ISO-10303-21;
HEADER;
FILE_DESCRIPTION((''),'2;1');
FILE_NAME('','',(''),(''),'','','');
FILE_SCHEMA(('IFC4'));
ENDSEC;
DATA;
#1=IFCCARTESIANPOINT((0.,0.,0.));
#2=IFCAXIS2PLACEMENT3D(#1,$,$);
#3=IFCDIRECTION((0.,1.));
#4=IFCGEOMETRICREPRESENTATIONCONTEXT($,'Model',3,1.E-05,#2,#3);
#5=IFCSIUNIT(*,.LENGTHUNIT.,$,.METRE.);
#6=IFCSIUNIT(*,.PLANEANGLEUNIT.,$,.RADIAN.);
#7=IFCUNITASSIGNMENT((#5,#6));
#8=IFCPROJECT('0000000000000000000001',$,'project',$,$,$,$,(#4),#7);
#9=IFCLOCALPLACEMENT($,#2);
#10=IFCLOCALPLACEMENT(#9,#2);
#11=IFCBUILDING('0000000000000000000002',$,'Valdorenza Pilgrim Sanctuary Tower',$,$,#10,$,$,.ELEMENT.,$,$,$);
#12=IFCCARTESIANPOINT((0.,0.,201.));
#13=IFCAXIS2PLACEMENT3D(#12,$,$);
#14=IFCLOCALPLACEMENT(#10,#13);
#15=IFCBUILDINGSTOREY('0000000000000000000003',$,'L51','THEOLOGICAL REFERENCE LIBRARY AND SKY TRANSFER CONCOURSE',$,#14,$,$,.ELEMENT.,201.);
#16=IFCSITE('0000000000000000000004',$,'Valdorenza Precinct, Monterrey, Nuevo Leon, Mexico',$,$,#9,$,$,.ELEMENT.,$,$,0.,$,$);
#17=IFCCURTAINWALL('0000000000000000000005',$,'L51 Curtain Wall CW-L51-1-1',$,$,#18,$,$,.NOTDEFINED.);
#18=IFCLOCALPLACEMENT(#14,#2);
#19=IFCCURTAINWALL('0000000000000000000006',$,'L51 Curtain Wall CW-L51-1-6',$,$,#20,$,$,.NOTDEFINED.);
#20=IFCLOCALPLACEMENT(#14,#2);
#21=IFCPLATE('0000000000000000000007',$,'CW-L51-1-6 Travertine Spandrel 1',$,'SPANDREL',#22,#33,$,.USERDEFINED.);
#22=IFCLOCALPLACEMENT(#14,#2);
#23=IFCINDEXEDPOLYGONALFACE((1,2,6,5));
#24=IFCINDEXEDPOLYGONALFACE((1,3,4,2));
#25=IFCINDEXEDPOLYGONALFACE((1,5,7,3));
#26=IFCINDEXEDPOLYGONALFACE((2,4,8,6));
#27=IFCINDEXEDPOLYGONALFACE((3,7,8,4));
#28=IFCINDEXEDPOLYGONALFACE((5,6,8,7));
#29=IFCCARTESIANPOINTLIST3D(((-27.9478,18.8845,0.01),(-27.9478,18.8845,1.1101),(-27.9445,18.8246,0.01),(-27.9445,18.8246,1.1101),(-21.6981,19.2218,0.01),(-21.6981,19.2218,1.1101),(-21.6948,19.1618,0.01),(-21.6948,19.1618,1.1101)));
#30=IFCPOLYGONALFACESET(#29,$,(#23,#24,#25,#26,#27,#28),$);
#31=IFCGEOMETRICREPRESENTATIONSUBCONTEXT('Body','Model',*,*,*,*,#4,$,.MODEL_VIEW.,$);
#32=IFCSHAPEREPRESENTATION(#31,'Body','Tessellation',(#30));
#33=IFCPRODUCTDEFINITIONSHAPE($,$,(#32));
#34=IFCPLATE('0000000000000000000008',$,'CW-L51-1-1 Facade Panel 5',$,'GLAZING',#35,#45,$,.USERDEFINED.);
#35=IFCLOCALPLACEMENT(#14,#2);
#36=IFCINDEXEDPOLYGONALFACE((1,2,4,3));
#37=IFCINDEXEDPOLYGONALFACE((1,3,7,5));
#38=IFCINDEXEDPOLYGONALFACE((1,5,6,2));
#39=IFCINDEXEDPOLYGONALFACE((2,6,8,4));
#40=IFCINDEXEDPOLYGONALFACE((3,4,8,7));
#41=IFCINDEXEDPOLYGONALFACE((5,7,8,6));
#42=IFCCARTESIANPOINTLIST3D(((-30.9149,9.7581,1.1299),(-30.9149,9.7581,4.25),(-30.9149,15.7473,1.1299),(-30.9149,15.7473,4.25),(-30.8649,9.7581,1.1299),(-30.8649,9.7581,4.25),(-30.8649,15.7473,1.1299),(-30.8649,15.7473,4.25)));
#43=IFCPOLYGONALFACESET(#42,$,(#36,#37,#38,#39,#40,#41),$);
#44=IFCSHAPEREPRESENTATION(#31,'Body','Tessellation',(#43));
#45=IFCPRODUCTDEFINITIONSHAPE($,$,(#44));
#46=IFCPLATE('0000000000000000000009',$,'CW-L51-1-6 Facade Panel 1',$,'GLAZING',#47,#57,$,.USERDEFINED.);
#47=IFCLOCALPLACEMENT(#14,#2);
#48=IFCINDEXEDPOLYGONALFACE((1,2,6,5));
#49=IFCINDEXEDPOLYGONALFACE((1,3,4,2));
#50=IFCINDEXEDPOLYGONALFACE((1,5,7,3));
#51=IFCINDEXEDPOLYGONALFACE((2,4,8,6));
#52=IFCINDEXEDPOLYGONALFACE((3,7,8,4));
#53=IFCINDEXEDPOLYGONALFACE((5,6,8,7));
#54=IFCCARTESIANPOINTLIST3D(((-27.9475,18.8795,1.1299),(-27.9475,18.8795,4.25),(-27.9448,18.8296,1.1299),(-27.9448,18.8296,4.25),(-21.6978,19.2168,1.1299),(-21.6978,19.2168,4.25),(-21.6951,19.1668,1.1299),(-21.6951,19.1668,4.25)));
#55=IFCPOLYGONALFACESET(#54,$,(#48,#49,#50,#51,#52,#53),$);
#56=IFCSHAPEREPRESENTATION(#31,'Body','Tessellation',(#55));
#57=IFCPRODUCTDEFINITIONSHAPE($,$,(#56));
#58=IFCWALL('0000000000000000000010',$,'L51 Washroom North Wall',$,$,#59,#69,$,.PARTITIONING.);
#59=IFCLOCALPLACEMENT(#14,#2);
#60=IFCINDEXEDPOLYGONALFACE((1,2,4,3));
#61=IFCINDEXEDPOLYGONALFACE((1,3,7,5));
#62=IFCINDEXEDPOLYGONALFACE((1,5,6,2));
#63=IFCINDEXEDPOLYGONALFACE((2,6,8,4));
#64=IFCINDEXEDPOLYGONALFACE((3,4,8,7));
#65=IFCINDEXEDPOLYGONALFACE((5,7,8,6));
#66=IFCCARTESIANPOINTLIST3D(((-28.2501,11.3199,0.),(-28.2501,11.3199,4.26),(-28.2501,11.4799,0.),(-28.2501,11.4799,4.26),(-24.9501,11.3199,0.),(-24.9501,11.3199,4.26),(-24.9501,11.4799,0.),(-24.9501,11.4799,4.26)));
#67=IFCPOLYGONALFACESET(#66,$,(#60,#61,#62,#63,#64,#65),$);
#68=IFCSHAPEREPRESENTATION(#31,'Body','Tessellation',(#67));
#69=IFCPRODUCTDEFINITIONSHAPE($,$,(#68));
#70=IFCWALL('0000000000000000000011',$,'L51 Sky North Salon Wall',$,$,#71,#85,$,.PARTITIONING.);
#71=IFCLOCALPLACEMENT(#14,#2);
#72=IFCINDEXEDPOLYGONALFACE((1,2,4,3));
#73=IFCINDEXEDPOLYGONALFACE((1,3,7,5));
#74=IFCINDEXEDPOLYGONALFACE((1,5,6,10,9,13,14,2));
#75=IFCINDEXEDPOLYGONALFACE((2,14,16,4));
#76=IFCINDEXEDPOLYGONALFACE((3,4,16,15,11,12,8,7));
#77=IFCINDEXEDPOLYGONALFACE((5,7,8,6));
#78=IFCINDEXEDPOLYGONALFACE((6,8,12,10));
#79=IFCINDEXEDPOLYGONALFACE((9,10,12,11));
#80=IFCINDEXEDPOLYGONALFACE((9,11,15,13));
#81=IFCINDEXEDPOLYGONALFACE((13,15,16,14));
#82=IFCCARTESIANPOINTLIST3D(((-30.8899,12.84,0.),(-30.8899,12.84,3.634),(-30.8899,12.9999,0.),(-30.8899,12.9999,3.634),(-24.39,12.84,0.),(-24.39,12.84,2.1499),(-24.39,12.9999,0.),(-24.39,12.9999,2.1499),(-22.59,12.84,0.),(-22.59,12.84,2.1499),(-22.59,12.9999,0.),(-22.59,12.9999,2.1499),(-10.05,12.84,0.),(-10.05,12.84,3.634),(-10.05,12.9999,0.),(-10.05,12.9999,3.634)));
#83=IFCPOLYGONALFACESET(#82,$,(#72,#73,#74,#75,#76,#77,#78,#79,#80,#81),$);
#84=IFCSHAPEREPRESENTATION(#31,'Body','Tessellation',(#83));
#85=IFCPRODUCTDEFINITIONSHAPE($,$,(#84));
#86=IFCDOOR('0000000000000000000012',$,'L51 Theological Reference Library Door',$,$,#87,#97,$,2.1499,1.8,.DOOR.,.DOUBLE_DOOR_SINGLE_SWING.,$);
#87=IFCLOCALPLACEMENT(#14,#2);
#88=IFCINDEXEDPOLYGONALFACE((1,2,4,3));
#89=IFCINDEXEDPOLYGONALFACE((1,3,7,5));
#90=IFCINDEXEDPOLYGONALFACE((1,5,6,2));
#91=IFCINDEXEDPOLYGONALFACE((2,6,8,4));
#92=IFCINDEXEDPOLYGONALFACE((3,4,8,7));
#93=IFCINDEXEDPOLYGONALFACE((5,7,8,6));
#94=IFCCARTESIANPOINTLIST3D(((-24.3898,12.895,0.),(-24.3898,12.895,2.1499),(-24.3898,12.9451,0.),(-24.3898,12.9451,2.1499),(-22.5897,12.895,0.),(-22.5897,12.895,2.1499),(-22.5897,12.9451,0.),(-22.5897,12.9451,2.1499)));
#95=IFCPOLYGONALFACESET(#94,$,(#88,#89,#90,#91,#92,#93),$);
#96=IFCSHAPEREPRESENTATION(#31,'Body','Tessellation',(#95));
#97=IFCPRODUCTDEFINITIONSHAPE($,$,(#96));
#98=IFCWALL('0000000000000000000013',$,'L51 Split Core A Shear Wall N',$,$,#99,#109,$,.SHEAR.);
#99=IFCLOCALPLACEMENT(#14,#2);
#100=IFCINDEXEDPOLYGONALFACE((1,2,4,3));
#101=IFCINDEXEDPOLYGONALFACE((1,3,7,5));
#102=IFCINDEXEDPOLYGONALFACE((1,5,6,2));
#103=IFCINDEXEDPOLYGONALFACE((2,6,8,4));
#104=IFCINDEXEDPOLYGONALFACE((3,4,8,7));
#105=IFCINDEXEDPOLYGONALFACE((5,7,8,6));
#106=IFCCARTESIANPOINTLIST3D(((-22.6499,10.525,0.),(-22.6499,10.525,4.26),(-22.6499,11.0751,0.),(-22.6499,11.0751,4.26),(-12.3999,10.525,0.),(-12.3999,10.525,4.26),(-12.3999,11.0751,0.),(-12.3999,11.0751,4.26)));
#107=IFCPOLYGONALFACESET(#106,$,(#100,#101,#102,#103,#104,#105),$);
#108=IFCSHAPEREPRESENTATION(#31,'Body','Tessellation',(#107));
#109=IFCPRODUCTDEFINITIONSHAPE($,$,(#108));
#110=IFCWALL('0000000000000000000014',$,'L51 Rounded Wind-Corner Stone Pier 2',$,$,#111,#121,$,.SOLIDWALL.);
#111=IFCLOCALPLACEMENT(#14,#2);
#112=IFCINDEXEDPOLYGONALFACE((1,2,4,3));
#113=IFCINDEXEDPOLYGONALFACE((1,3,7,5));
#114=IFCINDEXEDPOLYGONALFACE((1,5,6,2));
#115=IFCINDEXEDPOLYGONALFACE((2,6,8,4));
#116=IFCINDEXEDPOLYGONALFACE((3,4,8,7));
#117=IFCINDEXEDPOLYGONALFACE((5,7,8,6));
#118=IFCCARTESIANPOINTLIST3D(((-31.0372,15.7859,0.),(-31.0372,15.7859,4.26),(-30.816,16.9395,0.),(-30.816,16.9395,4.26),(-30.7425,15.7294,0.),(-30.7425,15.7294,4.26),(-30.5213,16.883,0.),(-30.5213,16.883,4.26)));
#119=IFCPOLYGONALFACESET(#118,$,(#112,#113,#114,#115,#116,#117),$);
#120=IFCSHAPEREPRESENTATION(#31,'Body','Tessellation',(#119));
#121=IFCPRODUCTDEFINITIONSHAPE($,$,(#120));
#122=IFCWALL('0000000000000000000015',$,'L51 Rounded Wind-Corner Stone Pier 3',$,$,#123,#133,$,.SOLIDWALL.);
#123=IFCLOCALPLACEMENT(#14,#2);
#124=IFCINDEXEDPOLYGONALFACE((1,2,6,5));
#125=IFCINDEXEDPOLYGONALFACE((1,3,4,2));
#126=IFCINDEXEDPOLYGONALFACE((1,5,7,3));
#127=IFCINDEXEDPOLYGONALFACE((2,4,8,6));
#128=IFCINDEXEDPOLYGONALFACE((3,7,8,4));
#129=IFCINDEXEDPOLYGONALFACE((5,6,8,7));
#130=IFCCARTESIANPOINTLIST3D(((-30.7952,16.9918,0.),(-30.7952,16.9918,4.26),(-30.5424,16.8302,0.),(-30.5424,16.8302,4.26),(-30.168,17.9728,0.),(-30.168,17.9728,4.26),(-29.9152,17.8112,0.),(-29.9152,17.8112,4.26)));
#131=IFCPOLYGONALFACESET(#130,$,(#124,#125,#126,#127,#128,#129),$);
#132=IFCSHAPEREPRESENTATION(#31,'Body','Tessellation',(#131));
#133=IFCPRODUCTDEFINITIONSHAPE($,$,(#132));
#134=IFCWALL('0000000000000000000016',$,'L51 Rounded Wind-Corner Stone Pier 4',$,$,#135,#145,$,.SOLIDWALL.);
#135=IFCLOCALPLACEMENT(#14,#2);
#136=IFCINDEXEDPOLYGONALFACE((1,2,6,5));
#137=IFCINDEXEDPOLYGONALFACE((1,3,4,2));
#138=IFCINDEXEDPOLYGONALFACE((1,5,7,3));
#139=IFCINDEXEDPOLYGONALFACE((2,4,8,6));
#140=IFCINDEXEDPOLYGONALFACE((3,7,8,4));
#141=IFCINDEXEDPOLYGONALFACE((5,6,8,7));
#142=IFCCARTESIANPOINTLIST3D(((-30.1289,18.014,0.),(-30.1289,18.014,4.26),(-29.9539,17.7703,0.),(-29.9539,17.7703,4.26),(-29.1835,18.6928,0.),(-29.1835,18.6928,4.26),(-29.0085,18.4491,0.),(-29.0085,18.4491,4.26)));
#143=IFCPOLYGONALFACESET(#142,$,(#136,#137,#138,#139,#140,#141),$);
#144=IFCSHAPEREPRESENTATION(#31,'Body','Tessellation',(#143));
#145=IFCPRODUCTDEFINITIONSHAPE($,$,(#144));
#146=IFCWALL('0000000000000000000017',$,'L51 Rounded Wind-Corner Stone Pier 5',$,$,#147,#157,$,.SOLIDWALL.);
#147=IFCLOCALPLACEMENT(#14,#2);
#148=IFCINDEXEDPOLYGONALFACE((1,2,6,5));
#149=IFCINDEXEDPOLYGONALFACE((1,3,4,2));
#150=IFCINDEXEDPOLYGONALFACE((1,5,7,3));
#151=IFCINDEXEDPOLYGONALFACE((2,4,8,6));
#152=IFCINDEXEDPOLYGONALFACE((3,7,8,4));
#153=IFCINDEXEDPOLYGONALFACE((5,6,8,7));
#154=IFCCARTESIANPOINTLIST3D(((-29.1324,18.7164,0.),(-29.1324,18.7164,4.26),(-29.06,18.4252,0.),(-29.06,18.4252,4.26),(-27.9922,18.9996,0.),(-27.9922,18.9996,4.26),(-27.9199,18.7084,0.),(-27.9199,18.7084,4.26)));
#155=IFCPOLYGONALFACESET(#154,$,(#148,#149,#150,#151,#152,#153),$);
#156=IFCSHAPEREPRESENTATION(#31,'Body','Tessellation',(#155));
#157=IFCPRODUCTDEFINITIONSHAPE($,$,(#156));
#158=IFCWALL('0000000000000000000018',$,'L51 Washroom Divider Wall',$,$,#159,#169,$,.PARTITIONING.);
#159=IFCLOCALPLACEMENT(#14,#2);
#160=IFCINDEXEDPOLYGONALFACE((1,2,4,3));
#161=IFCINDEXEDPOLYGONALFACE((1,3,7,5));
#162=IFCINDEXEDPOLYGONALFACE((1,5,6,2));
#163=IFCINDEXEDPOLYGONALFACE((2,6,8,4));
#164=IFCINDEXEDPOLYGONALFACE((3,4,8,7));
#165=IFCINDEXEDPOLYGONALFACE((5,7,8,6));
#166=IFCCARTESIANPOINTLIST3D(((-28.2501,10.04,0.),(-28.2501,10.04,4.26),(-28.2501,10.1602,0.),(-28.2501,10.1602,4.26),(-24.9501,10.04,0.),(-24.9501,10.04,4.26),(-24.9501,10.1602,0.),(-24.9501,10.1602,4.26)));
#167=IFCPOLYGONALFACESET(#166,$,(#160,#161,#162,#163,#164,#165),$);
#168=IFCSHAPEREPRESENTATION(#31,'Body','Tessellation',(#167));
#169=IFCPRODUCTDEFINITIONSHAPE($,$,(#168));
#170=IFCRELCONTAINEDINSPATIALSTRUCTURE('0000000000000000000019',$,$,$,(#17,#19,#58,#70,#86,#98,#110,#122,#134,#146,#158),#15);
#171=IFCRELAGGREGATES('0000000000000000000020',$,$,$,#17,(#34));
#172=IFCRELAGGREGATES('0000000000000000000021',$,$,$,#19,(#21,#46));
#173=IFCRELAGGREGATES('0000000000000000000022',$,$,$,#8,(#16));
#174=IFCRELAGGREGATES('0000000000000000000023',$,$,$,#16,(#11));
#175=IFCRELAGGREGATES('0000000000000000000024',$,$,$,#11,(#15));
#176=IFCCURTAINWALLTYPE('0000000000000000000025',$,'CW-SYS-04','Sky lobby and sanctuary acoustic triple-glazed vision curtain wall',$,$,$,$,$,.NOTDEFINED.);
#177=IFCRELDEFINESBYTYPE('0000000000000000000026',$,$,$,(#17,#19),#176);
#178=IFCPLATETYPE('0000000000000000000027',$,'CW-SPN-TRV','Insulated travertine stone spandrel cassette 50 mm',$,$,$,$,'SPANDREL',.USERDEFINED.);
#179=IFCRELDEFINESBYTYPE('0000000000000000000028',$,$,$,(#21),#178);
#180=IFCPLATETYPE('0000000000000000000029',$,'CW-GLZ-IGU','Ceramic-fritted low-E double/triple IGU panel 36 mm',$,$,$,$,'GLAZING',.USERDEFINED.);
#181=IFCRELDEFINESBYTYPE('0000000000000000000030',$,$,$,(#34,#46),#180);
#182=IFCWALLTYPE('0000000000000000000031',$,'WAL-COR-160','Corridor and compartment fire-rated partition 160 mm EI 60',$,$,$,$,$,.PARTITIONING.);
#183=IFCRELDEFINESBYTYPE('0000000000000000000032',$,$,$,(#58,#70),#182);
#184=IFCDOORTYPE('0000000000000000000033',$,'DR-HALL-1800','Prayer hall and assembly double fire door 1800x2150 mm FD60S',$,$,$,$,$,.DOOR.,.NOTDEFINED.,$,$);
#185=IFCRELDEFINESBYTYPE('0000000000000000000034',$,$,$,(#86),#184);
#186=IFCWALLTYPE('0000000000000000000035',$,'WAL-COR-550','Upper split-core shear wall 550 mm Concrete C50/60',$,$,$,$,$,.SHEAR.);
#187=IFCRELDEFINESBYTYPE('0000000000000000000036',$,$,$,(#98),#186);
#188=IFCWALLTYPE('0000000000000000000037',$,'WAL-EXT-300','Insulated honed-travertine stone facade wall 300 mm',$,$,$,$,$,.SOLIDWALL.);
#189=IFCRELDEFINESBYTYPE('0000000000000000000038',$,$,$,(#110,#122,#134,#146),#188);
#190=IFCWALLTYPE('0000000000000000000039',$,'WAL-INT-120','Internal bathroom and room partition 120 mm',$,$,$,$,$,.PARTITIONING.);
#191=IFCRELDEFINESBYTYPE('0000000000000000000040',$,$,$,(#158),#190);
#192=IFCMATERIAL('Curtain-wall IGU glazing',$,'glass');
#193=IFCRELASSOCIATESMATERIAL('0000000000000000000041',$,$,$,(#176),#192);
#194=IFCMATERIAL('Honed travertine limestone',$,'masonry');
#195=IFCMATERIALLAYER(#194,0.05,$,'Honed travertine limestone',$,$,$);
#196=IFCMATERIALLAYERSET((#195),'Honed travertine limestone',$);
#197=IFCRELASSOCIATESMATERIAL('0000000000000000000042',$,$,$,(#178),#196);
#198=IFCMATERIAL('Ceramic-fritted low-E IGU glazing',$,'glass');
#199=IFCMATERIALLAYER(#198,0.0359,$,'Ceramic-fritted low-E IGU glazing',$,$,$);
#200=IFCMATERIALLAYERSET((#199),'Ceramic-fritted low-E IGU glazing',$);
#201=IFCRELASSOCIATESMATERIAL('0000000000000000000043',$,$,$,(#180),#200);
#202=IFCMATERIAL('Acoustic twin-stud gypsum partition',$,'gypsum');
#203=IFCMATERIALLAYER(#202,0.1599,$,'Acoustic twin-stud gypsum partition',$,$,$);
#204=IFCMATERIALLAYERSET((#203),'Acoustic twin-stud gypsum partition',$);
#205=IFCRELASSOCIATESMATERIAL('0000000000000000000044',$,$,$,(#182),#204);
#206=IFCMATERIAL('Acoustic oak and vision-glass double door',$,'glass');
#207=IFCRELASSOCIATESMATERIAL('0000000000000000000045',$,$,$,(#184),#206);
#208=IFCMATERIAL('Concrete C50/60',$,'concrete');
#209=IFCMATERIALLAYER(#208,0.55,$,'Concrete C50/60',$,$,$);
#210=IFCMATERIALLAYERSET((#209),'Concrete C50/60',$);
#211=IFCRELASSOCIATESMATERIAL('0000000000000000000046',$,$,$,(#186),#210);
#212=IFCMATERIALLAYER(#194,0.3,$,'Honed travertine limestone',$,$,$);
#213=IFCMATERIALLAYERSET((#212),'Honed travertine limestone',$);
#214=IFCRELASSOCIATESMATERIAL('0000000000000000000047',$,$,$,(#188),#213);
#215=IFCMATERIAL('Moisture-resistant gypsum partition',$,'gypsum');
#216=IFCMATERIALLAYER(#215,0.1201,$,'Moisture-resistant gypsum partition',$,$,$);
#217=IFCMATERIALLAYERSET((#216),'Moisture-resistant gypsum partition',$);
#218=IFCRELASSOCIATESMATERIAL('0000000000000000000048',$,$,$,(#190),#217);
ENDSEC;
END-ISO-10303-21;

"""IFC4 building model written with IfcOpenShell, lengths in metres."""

from ifc_helpers import new_model, si_unit, direction, frame, frame_2d, origin, origin_2d, place, context, subcontext, project, spatial, rectangle, extrude, source, transform, mapped, material, layer, layer_set, type_object, element, fill, aggregate, save


model = new_model("IFC4")

# Units and contexts
model_context = context("Model", 3, precision=1e-05, world=origin(), true_north=direction((0.0, 1.0)))
body_context = subcontext(model_context, "Body", "Model", "MODEL_VIEW")
ifc_project = project(units=[si_unit("LENGTHUNIT", "METRE"), si_unit("PLANEANGLEUNIT", "RADIAN")], contexts=[model_context])

# Site, building, storey
site_placement = place(None, origin())
site = spatial("IfcSite", under=ifc_project, at=site_placement, Name="Valdorenza Precinct, Monterrey, Nuevo Leon, Mexico", CompositionType="ELEMENT", RefElevation=0.0)
building_placement = place(site_placement, origin())
building = spatial("IfcBuilding", under=site, at=building_placement, Name="Valdorenza Pilgrim Sanctuary Tower", CompositionType="ELEMENT")
storey_placement = place(building_placement, frame((0.0, 0.0, 201.0)))
storey = spatial("IfcBuildingStorey", under=building, at=storey_placement, Name="L51", Description="THEOLOGICAL REFERENCE LIBRARY AND SKY TRANSFER CONCOURSE", CompositionType="ELEMENT", Elevation=201.0)

# Shared definitions
ifc_material_1 = material(Name="Concrete C50/60", Category="concrete")

# Curtain wall
ifc_material_2 = material(Name="Curtain-wall IGU glazing", Category="glass")
curtain_wall_type = type_object("IfcCurtainWallType", Name="CW-SYS-04", Description="Sky lobby and sanctuary acoustic triple-glazed vision curtain wall", PredefinedType="NOTDEFINED", material=ifc_material_2)
curtain_wall_1_placement = place(storey_placement, origin())
curtain_wall_1 = element("IfcCurtainWall", 1, at=curtain_wall_1_placement, inside=storey, type_object=curtain_wall_type, Name="L51 Curtain Wall CW-L51-1-1", PredefinedType="NOTDEFINED")

# Curtain wall
curtain_wall_2_placement = place(storey_placement, origin())
curtain_wall_2 = element("IfcCurtainWall", 2, at=curtain_wall_2_placement, inside=storey, type_object=curtain_wall_type, Name="L51 Curtain Wall CW-L51-1-6", PredefinedType="NOTDEFINED")

# Plates
ifc_material_3 = material(Name="Honed travertine limestone", Category="masonry")
ifc_layer_1 = layer(ifc_material_3, 0.05, Name="Honed travertine limestone")
ifc_layer_set_1 = layer_set([ifc_layer_1], Name="Honed travertine limestone")
plate_type_1 = type_object("IfcPlateType", Name="CW-SPN-TRV", Description="Insulated travertine stone spandrel cassette 50 mm", ElementType="SPANDREL", PredefinedType="USERDEFINED", material=ifc_layer_set_1)
shared_shape_1 = source(origin(), body_context, "Body", "SweptSolid", [
    extrude(rectangle(XDim=6.2588, YDim=0.0601, at=origin_2d()), origin(), (0.0, 0.0, 1.0), 1.1001),
])
plate_1_placement = place(storey_placement, frame((-24.8213, 19.0232, 0.01), z_axis=(0.0, 0.0, 1.0), x_axis=(0.998547, 0.053887, 0.0)))
plate_1 = element("IfcPlate", 3, at=plate_1_placement, type_object=plate_type_1, Name="CW-L51-1-6 Travertine Spandrel 1", ObjectType="SPANDREL", PredefinedType="USERDEFINED", context=body_context, shape_type="MappedRepresentation", body=[
    mapped(shared_shape_1, transform((0.0, 0.0, 0.0), x_axis=(1.0, 0.0, 0.0), y_axis=(0.0, 1.0, 0.0), z_axis=(0.0, 0.0, 1.0), scale=1.0)),
])
ifc_material_4 = material(Name="Ceramic-fritted low-E IGU glazing", Category="glass")
ifc_layer_2 = layer(ifc_material_4, 0.0359, Name="Ceramic-fritted low-E IGU glazing")
ifc_layer_set_2 = layer_set([ifc_layer_2], Name="Ceramic-fritted low-E IGU glazing")
plate_type_2 = type_object("IfcPlateType", Name="CW-GLZ-IGU", Description="Ceramic-fritted low-E double/triple IGU panel 36 mm", ElementType="GLAZING", PredefinedType="USERDEFINED", material=ifc_layer_set_2)
shared_shape_2 = source(origin(), body_context, "Body", "SweptSolid", [
    extrude(rectangle(XDim=5.9893, YDim=0.05, at=origin_2d()), origin(), (0.0, 0.0, 1.0), 3.1201),
])
plate_2_placement = place(storey_placement, frame((-30.8899, 12.7527, 1.1299), z_axis=(0.0, 0.0, 1.0), x_axis=(0.0, 1.0, 0.0)))
plate_2 = element("IfcPlate", 4, at=plate_2_placement, type_object=plate_type_2, Name="CW-L51-1-1 Facade Panel 5", ObjectType="GLAZING", PredefinedType="USERDEFINED", context=body_context, shape_type="MappedRepresentation", body=[
    mapped(shared_shape_2, transform((0.0, 0.0, 0.0), x_axis=(1.0, 0.0, 0.0), y_axis=(0.0, 1.0, 0.0), z_axis=(0.0, 0.0, 1.0), scale=1.0)),
])
aggregate(curtain_wall_1, [plate_2])
shared_shape_3 = source(origin(), body_context, "Body", "SweptSolid", [
    extrude(rectangle(XDim=6.2588, YDim=0.05, at=origin_2d()), origin(), (0.0, 0.0, 1.0), 3.1201),
])
plate_3_placement = place(storey_placement, frame((-24.8213, 19.0232, 1.1299), z_axis=(0.0, 0.0, 1.0), x_axis=(0.998547, 0.053887, 0.0)))
plate_3 = element("IfcPlate", 5, at=plate_3_placement, type_object=plate_type_2, Name="CW-L51-1-6 Facade Panel 1", ObjectType="GLAZING", PredefinedType="USERDEFINED", context=body_context, shape_type="MappedRepresentation", body=[
    mapped(shared_shape_3, transform((0.0, 0.0, 0.0), x_axis=(1.0, 0.0, 0.0), y_axis=(0.0, 1.0, 0.0), z_axis=(0.0, 0.0, 1.0), scale=1.0)),
])
aggregate(curtain_wall_2, [plate_1, plate_3])

# Wall
ifc_material_5 = material(Name="Acoustic twin-stud gypsum partition", Category="gypsum")
ifc_layer_3 = layer(ifc_material_5, 0.1599, Name="Acoustic twin-stud gypsum partition")
ifc_layer_set_3 = layer_set([ifc_layer_3], Name="Acoustic twin-stud gypsum partition")
wall_type_1 = type_object("IfcWallType", Name="WAL-COR-160", Description="Corridor and compartment fire-rated partition 160 mm EI 60", PredefinedType="PARTITIONING", material=ifc_layer_set_3)
wall_1_placement = place(storey_placement, frame((-28.25, 11.3999, 0.0), z_axis=(0.0, 0.0, 1.0), x_axis=(1.0, 0.0, 0.0)))
element("IfcWall", 6, at=wall_1_placement, inside=storey, type_object=wall_type_1, Name="L51 Washroom North Wall", PredefinedType="PARTITIONING", context=body_context, shape_type="SweptSolid", body=[
    extrude(rectangle(XDim=3.3, YDim=0.1599, at=frame_2d((1.6499, 0.0))), origin(), (0.0, 0.0, 1.0), 4.26),
])

# Wall, opening, door
wall_2_placement = place(storey_placement, frame((-30.8899, 12.9199, 0.0), z_axis=(0.0, 0.0, 1.0), x_axis=(1.0, 0.0, 0.0)))
wall_2 = element("IfcWall", 7, at=wall_2_placement, inside=storey, type_object=wall_type_1, Name="L51 Sky North Salon Wall", PredefinedType="PARTITIONING", context=body_context, shape_type="SweptSolid", body=[
    extrude(rectangle(XDim=20.8398, YDim=0.1599, at=frame_2d((10.4199, 0.0))), origin(), (0.0, 0.0, 1.0), 3.634),
])
opening_placement = place(wall_2_placement, frame((6.5, 0.0, 0.0)))
opening = element("IfcOpeningElement", 8, at=opening_placement, cuts=wall_2, PredefinedType="OPENING", context=body_context, shape_type="SweptSolid", body=[
    extrude(rectangle(XDim=1.8, YDim=2.1499, at=frame_2d((0.8999, 1.075))), frame((0.0, 0.0947, 0.0), z_axis=(0.0, -1.0, 0.0), x_axis=(1.0, 0.0, 0.0)), (0.0, 0.0, 1.0), 0.1897),
])
ifc_material_6 = material(Name="Acoustic oak and vision-glass double door", Category="glass")
door_type = type_object("IfcDoorType", Name="DR-HALL-1800", Description="Prayer hall and assembly double fire door 1800x2150 mm FD60S", OperationType="NOTDEFINED", PredefinedType="DOOR", material=ifc_material_6)
door_placement = place(opening_placement, frame((1.8, 0.0, 0.0), z_axis=(0.0, 0.0, 1.0), x_axis=(-1.0, 0.0, 0.0)))
door = element("IfcDoor", 9, at=door_placement, inside=storey, type_object=door_type, Name="L51 Theological Reference Library Door", OperationType="DOUBLE_DOOR_SINGLE_SWING", OverallHeight=2.1499, OverallWidth=1.8, PredefinedType="DOOR", context=body_context, shape_type="SweptSolid", body=[
    extrude(rectangle(XDim=1.8, YDim=2.1499, at=frame_2d((0.8999, 1.075))), frame((0.0, 0.0249, 0.0), z_axis=(0.0, -1.0, 0.0), x_axis=(1.0, 0.0, 0.0)), (0.0, 0.0, 1.0), 0.05),
])
fill(opening, door)

# Walls
ifc_layer_4 = layer(ifc_material_1, 0.55, Name="Concrete C50/60")
ifc_layer_set_4 = layer_set([ifc_layer_4], Name="Concrete C50/60")
wall_type_2 = type_object("IfcWallType", Name="WAL-COR-550", Description="Upper split-core shear wall 550 mm Concrete C50/60", PredefinedType="SHEAR", material=ifc_layer_set_4)
wall_3_placement = place(storey_placement, frame((-22.6499, 10.8, 0.0), z_axis=(0.0, 0.0, 1.0), x_axis=(1.0, 0.0, 0.0)))
element("IfcWall", 10, at=wall_3_placement, inside=storey, type_object=wall_type_2, Name="L51 Split Core A Shear Wall N", PredefinedType="SHEAR", context=body_context, shape_type="SweptSolid", body=[
    extrude(rectangle(XDim=10.25, YDim=0.55, at=frame_2d((5.125, 0.0))), origin(), (0.0, 0.0, 1.0), 4.26),
])
ifc_layer_5 = layer(ifc_material_3, 0.3, Name="Honed travertine limestone")
ifc_layer_set_5 = layer_set([ifc_layer_5], Name="Honed travertine limestone")
wall_type_3 = type_object("IfcWallType", Name="WAL-EXT-300", Description="Insulated honed-travertine stone facade wall 300 mm", PredefinedType="SOLIDWALL", material=ifc_layer_set_5)
wall_4_placement = place(storey_placement, frame((-30.8899, 15.7576, 0.0), z_axis=(0.0, 0.0, 1.0), x_axis=(0.188315, 0.982109, 0.0)))
element("IfcWall", 11, at=wall_4_placement, inside=storey, type_object=wall_type_3, Name="L51 Rounded Wind-Corner Stone Pier 2", PredefinedType="SOLIDWALL", context=body_context, shape_type="SweptSolid", body=[
    extrude(rectangle(XDim=1.1746, YDim=0.3, at=frame_2d((0.5874, 0.0))), origin(), (0.0, 0.0, 1.0), 4.26),
])
wall_5_placement = place(storey_placement, frame((-30.6687, 16.9111, 0.0), z_axis=(0.0, 0.0, 1.0), x_axis=(0.538679, 0.842511, 0.0)))
element("IfcWall", 12, at=wall_5_placement, inside=storey, type_object=wall_type_3, Name="L51 Rounded Wind-Corner Stone Pier 3", PredefinedType="SOLIDWALL", context=body_context, shape_type="SweptSolid", body=[
    extrude(rectangle(XDim=1.1643, YDim=0.3, at=frame_2d((0.582, 0.0))), origin(), (0.0, 0.0, 1.0), 4.26),
])
wall_6_placement = place(storey_placement, frame((-30.0415, 17.8921, 0.0), z_axis=(0.0, 0.0, 1.0), x_axis=(0.812314, 0.583221, 0.0)))
element("IfcWall", 13, at=wall_6_placement, inside=storey, type_object=wall_type_3, Name="L51 Rounded Wind-Corner Stone Pier 4", PredefinedType="SOLIDWALL", context=body_context, shape_type="SweptSolid", body=[
    extrude(rectangle(XDim=1.1638, YDim=0.3, at=frame_2d((0.582, 0.0))), origin(), (0.0, 0.0, 1.0), 4.26),
])
wall_7_placement = place(storey_placement, frame((-29.0962, 18.5708, 0.0), z_axis=(0.0, 0.0, 1.0), x_axis=(0.970508, 0.241068, 0.0)))
element("IfcWall", 14, at=wall_7_placement, inside=storey, type_object=wall_type_3, Name="L51 Rounded Wind-Corner Stone Pier 5", PredefinedType="SOLIDWALL", context=body_context, shape_type="SweptSolid", body=[
    extrude(rectangle(XDim=1.1748, YDim=0.3, at=frame_2d((0.5874, 0.0))), origin(), (0.0, 0.0, 1.0), 4.26),
])
ifc_material_7 = material(Name="Moisture-resistant gypsum partition", Category="gypsum")
ifc_layer_6 = layer(ifc_material_7, 0.1201, Name="Moisture-resistant gypsum partition")
ifc_layer_set_6 = layer_set([ifc_layer_6], Name="Moisture-resistant gypsum partition")
wall_type_4 = type_object("IfcWallType", Name="WAL-INT-120", Description="Internal bathroom and room partition 120 mm", PredefinedType="PARTITIONING", material=ifc_layer_set_6)
wall_8_placement = place(storey_placement, frame((-28.25, 10.1001, 0.0), z_axis=(0.0, 0.0, 1.0), x_axis=(1.0, 0.0, 0.0)))
element("IfcWall", 15, at=wall_8_placement, inside=storey, type_object=wall_type_4, Name="L51 Washroom Divider Wall", PredefinedType="PARTITIONING", context=body_context, shape_type="SweptSolid", body=[
    extrude(rectangle(XDim=3.3, YDim=0.1201, at=frame_2d((1.6499, 0.0))), origin(), (0.0, 0.0, 1.0), 4.26),
])

save(model, "model.ifc")
